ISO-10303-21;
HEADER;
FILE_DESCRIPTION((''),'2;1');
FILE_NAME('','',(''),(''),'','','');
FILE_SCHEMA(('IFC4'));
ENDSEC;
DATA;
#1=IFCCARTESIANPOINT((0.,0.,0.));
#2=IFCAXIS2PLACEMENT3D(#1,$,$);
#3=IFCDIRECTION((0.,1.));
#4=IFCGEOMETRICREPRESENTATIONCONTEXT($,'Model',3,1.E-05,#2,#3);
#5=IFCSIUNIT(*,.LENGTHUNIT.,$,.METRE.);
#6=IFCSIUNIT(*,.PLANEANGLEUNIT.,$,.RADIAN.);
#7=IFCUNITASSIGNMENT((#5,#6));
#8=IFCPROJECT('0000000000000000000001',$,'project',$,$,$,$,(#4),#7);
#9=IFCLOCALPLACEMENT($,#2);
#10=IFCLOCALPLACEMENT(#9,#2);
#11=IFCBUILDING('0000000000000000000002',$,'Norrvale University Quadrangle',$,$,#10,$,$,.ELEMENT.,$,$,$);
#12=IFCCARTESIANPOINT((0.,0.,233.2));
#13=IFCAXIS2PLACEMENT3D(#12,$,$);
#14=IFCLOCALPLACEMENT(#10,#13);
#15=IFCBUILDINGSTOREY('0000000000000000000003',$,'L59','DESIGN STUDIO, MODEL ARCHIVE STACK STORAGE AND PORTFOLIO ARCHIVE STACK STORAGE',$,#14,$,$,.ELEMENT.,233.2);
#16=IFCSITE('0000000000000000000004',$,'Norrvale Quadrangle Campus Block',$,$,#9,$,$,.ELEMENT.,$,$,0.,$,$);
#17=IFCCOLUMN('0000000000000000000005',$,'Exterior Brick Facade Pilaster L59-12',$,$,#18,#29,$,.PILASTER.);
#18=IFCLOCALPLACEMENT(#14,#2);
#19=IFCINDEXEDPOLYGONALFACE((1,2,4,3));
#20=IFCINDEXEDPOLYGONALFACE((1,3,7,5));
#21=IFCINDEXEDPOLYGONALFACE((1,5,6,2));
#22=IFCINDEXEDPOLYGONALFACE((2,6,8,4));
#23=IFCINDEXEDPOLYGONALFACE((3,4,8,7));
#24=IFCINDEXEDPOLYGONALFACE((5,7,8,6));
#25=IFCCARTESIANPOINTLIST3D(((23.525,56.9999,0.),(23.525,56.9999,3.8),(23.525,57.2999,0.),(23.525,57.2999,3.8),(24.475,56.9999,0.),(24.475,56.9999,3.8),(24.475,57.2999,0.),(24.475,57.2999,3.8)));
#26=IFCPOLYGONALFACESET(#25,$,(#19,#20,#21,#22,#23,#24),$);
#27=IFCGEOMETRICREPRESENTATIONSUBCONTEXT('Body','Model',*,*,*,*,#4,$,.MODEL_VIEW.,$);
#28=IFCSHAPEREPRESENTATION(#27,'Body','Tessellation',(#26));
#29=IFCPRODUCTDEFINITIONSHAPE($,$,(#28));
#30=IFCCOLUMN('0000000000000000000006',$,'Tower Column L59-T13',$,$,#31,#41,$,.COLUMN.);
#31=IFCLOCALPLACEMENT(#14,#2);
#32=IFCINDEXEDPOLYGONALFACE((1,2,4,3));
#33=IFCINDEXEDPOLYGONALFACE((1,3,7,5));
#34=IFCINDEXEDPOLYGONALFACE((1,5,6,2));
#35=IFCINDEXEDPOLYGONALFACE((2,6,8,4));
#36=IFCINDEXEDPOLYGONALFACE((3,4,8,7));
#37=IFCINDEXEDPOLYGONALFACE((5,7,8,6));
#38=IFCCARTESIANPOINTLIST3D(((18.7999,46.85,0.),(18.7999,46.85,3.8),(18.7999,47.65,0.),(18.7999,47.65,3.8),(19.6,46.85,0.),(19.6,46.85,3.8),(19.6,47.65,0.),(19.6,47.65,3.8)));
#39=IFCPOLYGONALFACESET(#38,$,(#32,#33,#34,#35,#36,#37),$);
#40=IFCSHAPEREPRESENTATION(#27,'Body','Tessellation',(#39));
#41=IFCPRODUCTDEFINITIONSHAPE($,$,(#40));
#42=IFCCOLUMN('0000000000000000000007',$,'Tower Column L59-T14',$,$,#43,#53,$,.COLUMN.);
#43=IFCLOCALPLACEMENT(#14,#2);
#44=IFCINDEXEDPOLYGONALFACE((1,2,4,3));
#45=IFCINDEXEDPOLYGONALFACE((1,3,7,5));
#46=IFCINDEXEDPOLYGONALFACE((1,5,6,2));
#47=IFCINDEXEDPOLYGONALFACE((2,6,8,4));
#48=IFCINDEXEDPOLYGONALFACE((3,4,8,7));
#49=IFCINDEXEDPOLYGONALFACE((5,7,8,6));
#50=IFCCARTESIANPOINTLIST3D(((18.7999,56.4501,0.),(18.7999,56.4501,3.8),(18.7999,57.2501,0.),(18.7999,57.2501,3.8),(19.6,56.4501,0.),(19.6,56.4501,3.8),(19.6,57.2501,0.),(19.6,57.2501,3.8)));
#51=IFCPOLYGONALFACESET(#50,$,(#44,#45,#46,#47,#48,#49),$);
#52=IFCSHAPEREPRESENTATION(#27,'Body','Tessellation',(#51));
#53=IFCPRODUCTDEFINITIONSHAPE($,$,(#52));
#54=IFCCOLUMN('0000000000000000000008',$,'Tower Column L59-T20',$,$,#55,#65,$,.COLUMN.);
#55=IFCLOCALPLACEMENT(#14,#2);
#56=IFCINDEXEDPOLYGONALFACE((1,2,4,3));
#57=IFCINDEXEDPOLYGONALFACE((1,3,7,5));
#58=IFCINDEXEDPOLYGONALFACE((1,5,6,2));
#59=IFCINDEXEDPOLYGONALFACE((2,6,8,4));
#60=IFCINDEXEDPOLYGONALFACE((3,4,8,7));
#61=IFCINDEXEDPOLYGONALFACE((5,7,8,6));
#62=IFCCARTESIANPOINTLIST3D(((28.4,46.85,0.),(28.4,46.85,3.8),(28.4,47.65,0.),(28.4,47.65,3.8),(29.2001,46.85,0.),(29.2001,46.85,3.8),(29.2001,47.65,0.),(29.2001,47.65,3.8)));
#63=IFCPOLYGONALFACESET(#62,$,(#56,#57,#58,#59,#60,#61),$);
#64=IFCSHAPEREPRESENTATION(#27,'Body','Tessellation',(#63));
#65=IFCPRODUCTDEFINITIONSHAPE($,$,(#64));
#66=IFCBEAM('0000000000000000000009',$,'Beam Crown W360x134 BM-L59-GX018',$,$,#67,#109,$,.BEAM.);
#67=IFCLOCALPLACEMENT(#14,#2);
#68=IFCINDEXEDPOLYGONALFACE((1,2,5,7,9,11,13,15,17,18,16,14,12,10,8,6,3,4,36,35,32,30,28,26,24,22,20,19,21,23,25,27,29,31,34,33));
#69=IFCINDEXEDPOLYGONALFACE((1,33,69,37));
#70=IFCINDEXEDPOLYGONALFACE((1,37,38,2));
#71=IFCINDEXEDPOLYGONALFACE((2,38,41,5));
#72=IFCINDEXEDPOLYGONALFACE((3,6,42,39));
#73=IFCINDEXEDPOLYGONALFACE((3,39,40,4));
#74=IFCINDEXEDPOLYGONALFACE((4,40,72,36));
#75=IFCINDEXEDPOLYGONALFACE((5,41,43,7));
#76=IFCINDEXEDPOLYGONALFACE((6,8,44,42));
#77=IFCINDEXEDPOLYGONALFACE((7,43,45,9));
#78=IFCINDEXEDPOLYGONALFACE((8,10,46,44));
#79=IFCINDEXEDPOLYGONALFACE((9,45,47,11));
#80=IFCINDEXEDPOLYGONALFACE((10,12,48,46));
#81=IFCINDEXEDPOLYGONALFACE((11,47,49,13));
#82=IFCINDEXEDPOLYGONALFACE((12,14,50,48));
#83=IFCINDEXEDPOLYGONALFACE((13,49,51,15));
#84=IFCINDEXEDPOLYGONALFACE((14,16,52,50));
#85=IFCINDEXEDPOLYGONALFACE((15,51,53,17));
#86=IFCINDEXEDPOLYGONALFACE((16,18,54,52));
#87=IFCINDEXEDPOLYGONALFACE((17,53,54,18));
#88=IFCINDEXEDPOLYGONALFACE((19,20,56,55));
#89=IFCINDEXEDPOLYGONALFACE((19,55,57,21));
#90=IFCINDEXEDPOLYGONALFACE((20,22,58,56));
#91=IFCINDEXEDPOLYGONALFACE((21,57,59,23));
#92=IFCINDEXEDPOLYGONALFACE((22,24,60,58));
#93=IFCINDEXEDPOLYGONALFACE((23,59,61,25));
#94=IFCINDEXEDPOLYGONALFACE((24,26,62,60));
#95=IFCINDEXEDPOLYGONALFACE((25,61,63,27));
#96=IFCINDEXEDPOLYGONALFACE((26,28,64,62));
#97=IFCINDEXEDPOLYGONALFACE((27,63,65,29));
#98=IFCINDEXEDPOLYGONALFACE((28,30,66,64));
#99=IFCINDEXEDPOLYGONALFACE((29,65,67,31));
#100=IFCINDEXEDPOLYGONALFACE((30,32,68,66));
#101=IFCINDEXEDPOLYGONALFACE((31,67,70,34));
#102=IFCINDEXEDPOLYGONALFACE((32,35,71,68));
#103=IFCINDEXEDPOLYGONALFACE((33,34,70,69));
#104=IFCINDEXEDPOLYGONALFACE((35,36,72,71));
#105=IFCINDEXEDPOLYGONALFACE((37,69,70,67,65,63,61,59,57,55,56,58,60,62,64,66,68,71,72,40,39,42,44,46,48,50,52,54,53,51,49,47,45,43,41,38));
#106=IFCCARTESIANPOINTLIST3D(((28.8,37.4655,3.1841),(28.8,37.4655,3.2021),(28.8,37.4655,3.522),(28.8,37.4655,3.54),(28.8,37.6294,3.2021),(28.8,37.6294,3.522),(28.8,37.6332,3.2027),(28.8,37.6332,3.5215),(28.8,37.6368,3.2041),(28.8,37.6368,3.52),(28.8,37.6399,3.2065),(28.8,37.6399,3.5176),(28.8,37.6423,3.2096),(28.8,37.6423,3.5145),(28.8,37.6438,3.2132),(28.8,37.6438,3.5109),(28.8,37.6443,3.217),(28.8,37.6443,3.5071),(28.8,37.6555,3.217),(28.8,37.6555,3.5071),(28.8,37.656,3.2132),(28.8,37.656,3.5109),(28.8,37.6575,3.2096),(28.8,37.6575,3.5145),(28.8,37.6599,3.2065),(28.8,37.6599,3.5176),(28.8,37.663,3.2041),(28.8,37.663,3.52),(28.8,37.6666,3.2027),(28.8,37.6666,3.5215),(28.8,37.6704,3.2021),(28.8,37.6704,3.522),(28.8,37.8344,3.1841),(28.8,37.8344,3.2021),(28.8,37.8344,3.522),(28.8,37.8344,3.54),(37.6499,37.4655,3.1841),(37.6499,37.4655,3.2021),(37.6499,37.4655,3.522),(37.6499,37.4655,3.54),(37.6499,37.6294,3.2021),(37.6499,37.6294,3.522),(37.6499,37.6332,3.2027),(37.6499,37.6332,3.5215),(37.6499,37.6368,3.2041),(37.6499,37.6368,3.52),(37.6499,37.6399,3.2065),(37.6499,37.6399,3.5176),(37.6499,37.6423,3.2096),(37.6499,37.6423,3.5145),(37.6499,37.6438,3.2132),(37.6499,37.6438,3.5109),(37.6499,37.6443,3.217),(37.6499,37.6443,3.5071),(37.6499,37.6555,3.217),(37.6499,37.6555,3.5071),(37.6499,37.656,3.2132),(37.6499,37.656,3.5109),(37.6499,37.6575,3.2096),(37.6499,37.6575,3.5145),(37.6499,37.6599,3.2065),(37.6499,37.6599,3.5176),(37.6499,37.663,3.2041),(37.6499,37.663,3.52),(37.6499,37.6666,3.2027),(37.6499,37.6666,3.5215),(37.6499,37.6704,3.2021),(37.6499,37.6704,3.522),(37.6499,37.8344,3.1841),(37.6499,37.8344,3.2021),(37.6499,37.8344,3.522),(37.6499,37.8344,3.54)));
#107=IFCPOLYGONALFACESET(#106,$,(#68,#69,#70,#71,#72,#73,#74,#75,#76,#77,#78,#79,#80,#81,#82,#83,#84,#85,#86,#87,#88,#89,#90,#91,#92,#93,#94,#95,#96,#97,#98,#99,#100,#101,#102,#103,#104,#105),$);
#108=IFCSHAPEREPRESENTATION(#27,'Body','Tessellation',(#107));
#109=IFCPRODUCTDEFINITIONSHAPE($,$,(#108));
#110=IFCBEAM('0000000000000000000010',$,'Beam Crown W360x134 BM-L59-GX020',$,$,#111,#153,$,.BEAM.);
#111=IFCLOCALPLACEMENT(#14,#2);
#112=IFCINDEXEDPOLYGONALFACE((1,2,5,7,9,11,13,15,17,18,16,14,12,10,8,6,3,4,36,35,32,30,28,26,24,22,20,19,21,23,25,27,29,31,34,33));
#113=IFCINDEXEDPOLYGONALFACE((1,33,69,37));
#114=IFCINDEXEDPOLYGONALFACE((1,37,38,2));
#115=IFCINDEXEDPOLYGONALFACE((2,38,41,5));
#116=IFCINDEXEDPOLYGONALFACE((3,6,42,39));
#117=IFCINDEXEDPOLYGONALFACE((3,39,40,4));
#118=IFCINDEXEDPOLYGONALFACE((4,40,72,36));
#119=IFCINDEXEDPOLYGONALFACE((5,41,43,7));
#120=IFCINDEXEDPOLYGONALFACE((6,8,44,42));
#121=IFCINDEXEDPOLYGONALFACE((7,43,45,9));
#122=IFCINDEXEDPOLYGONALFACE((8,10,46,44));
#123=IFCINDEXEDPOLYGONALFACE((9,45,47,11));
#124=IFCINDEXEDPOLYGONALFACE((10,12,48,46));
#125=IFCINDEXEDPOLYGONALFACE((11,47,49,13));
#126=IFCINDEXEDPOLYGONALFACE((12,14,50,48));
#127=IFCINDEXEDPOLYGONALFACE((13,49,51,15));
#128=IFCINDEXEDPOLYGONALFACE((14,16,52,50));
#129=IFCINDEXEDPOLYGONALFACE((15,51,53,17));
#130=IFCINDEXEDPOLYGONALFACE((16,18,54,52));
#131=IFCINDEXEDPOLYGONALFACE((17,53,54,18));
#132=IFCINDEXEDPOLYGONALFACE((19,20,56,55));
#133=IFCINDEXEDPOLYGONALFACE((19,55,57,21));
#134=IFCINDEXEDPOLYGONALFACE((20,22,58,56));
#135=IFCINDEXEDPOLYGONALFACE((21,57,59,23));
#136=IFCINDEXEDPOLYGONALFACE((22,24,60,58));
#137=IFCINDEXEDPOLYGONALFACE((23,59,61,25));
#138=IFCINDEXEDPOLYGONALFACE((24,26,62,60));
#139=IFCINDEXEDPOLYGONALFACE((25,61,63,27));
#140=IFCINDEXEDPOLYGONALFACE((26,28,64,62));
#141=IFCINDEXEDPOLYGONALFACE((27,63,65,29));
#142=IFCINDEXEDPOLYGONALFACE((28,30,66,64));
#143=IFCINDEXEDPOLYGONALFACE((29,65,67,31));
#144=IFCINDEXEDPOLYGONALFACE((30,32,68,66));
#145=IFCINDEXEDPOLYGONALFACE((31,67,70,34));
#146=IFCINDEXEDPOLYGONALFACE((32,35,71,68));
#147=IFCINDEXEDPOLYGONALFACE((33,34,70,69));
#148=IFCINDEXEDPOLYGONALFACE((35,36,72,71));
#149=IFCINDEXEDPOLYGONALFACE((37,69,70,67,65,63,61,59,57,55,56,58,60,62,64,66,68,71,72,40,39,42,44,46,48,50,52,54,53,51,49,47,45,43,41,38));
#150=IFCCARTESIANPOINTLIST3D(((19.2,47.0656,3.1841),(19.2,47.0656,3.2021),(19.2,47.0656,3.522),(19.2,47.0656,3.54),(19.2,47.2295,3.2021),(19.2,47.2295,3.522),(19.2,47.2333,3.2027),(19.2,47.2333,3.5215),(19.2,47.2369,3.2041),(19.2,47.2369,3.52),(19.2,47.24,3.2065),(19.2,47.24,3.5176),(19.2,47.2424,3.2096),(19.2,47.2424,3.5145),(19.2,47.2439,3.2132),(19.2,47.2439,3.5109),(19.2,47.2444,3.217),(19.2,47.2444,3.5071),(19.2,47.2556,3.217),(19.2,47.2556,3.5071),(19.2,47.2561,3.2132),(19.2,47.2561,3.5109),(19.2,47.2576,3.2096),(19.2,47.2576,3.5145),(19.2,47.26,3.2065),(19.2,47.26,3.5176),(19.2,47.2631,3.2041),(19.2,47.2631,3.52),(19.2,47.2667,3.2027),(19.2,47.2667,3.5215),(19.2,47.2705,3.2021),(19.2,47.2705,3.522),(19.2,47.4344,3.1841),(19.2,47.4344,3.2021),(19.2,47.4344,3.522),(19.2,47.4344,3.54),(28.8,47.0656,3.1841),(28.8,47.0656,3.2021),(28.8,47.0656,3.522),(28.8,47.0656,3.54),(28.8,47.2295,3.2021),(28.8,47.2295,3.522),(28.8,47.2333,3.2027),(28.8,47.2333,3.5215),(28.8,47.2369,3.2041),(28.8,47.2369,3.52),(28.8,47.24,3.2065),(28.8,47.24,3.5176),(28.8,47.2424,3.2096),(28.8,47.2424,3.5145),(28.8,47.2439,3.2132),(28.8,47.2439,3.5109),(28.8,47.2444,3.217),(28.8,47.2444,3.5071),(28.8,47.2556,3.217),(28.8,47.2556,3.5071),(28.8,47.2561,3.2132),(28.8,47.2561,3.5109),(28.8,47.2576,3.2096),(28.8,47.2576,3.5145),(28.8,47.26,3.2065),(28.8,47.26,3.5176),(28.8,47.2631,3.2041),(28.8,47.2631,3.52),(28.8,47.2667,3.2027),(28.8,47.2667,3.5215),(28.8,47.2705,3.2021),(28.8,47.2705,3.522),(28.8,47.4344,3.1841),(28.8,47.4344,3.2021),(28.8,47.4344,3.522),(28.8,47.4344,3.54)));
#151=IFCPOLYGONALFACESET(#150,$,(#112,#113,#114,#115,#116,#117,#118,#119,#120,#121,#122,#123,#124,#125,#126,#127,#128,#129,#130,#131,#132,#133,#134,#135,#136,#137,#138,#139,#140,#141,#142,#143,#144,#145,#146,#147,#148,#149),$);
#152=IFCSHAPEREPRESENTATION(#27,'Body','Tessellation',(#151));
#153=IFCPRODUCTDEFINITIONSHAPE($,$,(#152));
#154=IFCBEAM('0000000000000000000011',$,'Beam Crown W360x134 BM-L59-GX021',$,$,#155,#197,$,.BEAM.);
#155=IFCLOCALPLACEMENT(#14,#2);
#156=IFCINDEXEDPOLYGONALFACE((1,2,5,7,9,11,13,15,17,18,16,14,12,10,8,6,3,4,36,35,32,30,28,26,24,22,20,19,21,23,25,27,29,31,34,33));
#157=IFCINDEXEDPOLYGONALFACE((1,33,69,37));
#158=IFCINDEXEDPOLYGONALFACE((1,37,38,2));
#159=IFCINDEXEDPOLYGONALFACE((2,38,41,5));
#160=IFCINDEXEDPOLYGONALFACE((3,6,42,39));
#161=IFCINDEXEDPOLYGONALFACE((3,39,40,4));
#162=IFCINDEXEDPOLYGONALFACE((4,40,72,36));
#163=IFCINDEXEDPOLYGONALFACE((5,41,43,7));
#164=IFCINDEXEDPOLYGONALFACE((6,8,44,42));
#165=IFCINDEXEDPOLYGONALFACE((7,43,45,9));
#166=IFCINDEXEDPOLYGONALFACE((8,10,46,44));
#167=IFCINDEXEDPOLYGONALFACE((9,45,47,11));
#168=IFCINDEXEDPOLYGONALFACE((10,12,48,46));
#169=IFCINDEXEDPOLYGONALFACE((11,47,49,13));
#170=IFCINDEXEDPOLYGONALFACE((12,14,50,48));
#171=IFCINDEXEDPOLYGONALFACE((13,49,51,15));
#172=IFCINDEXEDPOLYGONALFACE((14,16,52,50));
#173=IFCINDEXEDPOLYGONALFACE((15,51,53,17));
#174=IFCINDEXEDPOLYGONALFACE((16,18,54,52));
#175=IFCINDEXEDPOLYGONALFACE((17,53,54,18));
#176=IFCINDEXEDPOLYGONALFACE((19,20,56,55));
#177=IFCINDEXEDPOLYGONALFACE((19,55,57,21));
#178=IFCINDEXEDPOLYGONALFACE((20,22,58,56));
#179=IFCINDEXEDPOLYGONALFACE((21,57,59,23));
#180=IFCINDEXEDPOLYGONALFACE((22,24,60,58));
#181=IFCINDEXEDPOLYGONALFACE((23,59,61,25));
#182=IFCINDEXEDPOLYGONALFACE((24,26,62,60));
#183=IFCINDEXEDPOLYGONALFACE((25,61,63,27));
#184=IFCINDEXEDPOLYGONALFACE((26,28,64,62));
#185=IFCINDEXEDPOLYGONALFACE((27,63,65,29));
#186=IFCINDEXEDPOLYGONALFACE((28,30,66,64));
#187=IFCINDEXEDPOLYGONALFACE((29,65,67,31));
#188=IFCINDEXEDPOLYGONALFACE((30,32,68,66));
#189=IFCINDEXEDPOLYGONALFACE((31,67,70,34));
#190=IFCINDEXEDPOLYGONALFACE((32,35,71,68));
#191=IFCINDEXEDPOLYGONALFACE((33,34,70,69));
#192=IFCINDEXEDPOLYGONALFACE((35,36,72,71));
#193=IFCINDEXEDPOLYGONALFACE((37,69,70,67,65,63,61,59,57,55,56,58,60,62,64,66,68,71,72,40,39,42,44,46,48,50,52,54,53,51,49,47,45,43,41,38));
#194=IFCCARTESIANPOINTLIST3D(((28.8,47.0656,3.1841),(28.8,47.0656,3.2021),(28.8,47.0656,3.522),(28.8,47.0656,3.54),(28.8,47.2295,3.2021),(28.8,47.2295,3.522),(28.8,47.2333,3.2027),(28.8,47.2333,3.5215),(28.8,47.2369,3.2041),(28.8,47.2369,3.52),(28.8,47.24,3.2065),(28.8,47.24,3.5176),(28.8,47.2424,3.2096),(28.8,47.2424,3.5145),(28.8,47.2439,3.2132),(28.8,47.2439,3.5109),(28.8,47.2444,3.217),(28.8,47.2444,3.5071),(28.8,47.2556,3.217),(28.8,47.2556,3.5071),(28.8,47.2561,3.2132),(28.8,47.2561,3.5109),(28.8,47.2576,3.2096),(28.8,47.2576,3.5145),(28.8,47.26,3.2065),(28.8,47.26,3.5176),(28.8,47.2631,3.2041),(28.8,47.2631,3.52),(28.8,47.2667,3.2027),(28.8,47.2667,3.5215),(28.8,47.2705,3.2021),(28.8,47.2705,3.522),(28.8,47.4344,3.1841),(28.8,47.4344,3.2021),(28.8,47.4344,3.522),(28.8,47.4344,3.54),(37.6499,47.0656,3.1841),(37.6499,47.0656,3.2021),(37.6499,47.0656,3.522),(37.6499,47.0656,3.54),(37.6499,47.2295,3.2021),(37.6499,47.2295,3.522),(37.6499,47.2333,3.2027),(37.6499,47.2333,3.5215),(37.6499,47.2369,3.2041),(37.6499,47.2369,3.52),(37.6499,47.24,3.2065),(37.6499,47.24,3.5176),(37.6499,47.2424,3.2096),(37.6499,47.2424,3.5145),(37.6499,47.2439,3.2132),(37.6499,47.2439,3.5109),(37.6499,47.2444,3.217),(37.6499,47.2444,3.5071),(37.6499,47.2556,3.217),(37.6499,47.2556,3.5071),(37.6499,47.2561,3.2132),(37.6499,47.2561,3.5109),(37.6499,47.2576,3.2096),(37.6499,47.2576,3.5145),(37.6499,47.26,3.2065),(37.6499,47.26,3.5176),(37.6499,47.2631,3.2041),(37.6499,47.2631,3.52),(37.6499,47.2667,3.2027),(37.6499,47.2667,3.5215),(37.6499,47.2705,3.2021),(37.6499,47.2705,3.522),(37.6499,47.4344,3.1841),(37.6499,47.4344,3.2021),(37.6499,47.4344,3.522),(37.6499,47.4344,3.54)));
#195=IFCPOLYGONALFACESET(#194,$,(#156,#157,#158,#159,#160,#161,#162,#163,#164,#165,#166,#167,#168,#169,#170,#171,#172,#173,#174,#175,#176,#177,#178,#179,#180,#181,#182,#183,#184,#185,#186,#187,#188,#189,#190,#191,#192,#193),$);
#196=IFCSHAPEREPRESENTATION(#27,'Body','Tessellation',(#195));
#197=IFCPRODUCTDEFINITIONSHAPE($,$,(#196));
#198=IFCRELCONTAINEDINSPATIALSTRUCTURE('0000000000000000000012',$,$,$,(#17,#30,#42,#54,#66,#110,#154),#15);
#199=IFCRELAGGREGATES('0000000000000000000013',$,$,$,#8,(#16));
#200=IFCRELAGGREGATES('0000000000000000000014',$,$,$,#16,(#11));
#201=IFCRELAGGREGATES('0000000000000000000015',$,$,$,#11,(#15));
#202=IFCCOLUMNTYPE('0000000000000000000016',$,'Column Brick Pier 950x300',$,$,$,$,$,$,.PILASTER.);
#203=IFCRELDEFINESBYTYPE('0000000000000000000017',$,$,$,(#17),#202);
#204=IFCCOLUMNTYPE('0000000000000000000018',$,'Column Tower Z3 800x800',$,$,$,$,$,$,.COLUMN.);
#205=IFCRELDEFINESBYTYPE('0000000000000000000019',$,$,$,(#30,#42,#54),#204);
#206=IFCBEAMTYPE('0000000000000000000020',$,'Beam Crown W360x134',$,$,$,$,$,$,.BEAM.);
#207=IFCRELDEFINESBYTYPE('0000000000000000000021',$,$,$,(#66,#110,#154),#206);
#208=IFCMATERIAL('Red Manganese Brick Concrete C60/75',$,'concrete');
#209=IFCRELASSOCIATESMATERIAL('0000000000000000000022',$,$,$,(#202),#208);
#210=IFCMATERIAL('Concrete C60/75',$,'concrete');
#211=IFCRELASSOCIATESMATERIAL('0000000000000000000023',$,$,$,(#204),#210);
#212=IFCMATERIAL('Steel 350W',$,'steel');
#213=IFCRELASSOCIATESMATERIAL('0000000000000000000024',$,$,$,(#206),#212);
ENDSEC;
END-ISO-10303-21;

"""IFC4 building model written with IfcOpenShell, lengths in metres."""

from ifc_helpers import new_model, si_unit, direction, frame, origin, origin_2d, place, context, subcontext, project, spatial, rectangle, i_section, extrude, material, material_profile, profile_set, type_object, element, save


model = new_model("IFC4")

# Units and contexts
model_context = context("Model", 3, precision=1e-05, world=origin(), true_north=direction((0.0, 1.0)))
body_context = subcontext(model_context, "Body", "Model", "MODEL_VIEW")
ifc_project = project(units=[si_unit("LENGTHUNIT", "METRE"), si_unit("PLANEANGLEUNIT", "RADIAN")], contexts=[model_context])

# Site, building, storey
site_placement = place(None, origin())
site = spatial("IfcSite", under=ifc_project, at=site_placement, Name="Norrvale Quadrangle Campus Block", CompositionType="ELEMENT", RefElevation=0.0)
building_placement = place(site_placement, origin())
building = spatial("IfcBuilding", under=site, at=building_placement, Name="Norrvale University Quadrangle", CompositionType="ELEMENT")
storey_placement = place(building_placement, frame((0.0, 0.0, 233.2)))
storey = spatial("IfcBuildingStorey", under=building, at=storey_placement, Name="L59", Description="DESIGN STUDIO, MODEL ARCHIVE STACK STORAGE AND PORTFOLIO ARCHIVE STACK STORAGE", CompositionType="ELEMENT", Elevation=233.2)

# Columns
ifc_material_1 = material(Name="Red Manganese Brick Concrete C60/75", Category="concrete")
ifc_material_profile_1 = material_profile(ifc_material_1, rectangle(XDim=0.95, YDim=0.3, at=origin_2d()), Name="Red Manganese Brick Concrete C60/75")
ifc_profile_set_1 = profile_set([ifc_material_profile_1], Name="Red Manganese Brick Concrete C60/75")
column_type_1 = type_object("IfcColumnType", Name="Column Brick Pier 950x300", PredefinedType="PILASTER", material=ifc_profile_set_1)
column_placement = place(storey_placement, frame((24.0, 57.1499, 0.0), z_axis=(0.0, 0.0, 1.0), x_axis=(1.0, 0.0, 0.0)))
element("IfcColumn", 1, at=column_placement, inside=storey, type_object=column_type_1, Name="Exterior Brick Facade Pilaster L59-12", PredefinedType="PILASTER", context=body_context, shape_type="SweptSolid", body=[
    extrude(rectangle(XDim=0.95, YDim=0.3, at=origin_2d()), origin(), (0.0, 0.0, 1.0), 3.8),
])
ifc_material_2 = material(Name="Concrete C60/75", Category="concrete")
ifc_material_profile_2 = material_profile(ifc_material_2, rectangle(XDim=0.8, YDim=0.8, at=origin_2d()), Name="Concrete C60/75")
ifc_profile_set_2 = profile_set([ifc_material_profile_2], Name="Concrete C60/75")
column_type_2 = type_object("IfcColumnType", Name="Column Tower Z3 800x800", PredefinedType="COLUMN", material=ifc_profile_set_2)
for number, where, z_axis, x_axis, name in (
    (2, (19.2, 47.25, 0.0), (0.0, 0.0, 1.0), (1.0, 0.0, 0.0), "Tower Column L59-T13"),
    (3, (19.2, 56.8501, 0.0), (0.0, 0.0, 1.0), (1.0, 0.0, 0.0), "Tower Column L59-T14"),
    (4, (28.8, 47.25, 0.0), (0.0, 0.0, 1.0), (1.0, 0.0, 0.0), "Tower Column L59-T20"),
):
    element("IfcColumn", number, at=place(storey_placement, frame(where, z_axis=z_axis, x_axis=x_axis)), inside=storey, type_object=column_type_2, Name=name, PredefinedType="COLUMN", context=body_context, shape_type="SweptSolid", body=[
        extrude(rectangle(XDim=0.8, YDim=0.8, at=origin_2d()), origin(), (0.0, 0.0, 1.0), 3.8),
    ])

# Beams
ifc_material_3 = material(Name="Steel 350W", Category="steel")
ifc_material_profile_3 = material_profile(ifc_material_3, i_section(OverallWidth=0.3689, OverallDepth=0.356, WebThickness=0.0112, FlangeThickness=0.0181, FilletRadius=0.0149, at=origin_2d()), Name="Steel 350W")
ifc_profile_set_3 = profile_set([ifc_material_profile_3], Name="Steel 350W")
beam_type_1 = type_object("IfcBeamType", Name="Beam Crown W360x134", PredefinedType="BEAM", material=ifc_profile_set_3)
beam_1_placement = place(storey_placement, frame((28.8, 37.6499, 3.3621), z_axis=(1.0, 0.0, 0.0), x_axis=(0.0, 1.0, 0.0)))
element("IfcBeam", 5, at=beam_1_placement, inside=storey, type_object=beam_type_1, Name="Beam Crown W360x134 BM-L59-GX018", PredefinedType="BEAM", context=body_context, shape_type="SweptSolid", body=[
    extrude(i_section(OverallWidth=0.3689, OverallDepth=0.356, WebThickness=0.0112, FlangeThickness=0.0181, FilletRadius=0.0149, at=origin_2d()), origin(), (0.0, 0.0, 1.0), 8.8499),
])
beam_2_placement = place(storey_placement, frame((19.2, 47.25, 3.3621), z_axis=(1.0, 0.0, 0.0), x_axis=(0.0, 1.0, 0.0)))
element("IfcBeam", 6, at=beam_2_placement, inside=storey, type_object=beam_type_1, Name="Beam Crown W360x134 BM-L59-GX020", PredefinedType="BEAM", context=body_context, shape_type="SweptSolid", body=[
    extrude(i_section(OverallWidth=0.3689, OverallDepth=0.356, WebThickness=0.0112, FlangeThickness=0.0181, FilletRadius=0.0149, at=origin_2d()), origin(), (0.0, 0.0, 1.0), 9.6001),
])
beam_3_placement = place(storey_placement, frame((28.8, 47.25, 3.3621), z_axis=(1.0, 0.0, 0.0), x_axis=(0.0, 1.0, 0.0)))
element("IfcBeam", 7, at=beam_3_placement, inside=storey, type_object=beam_type_1, Name="Beam Crown W360x134 BM-L59-GX021", PredefinedType="BEAM", context=body_context, shape_type="SweptSolid", body=[
    extrude(i_section(OverallWidth=0.3689, OverallDepth=0.356, WebThickness=0.0112, FlangeThickness=0.0181, FilletRadius=0.0149, at=origin_2d()), origin(), (0.0, 0.0, 1.0), 8.8499),
])

save(model, "model.ifc")
